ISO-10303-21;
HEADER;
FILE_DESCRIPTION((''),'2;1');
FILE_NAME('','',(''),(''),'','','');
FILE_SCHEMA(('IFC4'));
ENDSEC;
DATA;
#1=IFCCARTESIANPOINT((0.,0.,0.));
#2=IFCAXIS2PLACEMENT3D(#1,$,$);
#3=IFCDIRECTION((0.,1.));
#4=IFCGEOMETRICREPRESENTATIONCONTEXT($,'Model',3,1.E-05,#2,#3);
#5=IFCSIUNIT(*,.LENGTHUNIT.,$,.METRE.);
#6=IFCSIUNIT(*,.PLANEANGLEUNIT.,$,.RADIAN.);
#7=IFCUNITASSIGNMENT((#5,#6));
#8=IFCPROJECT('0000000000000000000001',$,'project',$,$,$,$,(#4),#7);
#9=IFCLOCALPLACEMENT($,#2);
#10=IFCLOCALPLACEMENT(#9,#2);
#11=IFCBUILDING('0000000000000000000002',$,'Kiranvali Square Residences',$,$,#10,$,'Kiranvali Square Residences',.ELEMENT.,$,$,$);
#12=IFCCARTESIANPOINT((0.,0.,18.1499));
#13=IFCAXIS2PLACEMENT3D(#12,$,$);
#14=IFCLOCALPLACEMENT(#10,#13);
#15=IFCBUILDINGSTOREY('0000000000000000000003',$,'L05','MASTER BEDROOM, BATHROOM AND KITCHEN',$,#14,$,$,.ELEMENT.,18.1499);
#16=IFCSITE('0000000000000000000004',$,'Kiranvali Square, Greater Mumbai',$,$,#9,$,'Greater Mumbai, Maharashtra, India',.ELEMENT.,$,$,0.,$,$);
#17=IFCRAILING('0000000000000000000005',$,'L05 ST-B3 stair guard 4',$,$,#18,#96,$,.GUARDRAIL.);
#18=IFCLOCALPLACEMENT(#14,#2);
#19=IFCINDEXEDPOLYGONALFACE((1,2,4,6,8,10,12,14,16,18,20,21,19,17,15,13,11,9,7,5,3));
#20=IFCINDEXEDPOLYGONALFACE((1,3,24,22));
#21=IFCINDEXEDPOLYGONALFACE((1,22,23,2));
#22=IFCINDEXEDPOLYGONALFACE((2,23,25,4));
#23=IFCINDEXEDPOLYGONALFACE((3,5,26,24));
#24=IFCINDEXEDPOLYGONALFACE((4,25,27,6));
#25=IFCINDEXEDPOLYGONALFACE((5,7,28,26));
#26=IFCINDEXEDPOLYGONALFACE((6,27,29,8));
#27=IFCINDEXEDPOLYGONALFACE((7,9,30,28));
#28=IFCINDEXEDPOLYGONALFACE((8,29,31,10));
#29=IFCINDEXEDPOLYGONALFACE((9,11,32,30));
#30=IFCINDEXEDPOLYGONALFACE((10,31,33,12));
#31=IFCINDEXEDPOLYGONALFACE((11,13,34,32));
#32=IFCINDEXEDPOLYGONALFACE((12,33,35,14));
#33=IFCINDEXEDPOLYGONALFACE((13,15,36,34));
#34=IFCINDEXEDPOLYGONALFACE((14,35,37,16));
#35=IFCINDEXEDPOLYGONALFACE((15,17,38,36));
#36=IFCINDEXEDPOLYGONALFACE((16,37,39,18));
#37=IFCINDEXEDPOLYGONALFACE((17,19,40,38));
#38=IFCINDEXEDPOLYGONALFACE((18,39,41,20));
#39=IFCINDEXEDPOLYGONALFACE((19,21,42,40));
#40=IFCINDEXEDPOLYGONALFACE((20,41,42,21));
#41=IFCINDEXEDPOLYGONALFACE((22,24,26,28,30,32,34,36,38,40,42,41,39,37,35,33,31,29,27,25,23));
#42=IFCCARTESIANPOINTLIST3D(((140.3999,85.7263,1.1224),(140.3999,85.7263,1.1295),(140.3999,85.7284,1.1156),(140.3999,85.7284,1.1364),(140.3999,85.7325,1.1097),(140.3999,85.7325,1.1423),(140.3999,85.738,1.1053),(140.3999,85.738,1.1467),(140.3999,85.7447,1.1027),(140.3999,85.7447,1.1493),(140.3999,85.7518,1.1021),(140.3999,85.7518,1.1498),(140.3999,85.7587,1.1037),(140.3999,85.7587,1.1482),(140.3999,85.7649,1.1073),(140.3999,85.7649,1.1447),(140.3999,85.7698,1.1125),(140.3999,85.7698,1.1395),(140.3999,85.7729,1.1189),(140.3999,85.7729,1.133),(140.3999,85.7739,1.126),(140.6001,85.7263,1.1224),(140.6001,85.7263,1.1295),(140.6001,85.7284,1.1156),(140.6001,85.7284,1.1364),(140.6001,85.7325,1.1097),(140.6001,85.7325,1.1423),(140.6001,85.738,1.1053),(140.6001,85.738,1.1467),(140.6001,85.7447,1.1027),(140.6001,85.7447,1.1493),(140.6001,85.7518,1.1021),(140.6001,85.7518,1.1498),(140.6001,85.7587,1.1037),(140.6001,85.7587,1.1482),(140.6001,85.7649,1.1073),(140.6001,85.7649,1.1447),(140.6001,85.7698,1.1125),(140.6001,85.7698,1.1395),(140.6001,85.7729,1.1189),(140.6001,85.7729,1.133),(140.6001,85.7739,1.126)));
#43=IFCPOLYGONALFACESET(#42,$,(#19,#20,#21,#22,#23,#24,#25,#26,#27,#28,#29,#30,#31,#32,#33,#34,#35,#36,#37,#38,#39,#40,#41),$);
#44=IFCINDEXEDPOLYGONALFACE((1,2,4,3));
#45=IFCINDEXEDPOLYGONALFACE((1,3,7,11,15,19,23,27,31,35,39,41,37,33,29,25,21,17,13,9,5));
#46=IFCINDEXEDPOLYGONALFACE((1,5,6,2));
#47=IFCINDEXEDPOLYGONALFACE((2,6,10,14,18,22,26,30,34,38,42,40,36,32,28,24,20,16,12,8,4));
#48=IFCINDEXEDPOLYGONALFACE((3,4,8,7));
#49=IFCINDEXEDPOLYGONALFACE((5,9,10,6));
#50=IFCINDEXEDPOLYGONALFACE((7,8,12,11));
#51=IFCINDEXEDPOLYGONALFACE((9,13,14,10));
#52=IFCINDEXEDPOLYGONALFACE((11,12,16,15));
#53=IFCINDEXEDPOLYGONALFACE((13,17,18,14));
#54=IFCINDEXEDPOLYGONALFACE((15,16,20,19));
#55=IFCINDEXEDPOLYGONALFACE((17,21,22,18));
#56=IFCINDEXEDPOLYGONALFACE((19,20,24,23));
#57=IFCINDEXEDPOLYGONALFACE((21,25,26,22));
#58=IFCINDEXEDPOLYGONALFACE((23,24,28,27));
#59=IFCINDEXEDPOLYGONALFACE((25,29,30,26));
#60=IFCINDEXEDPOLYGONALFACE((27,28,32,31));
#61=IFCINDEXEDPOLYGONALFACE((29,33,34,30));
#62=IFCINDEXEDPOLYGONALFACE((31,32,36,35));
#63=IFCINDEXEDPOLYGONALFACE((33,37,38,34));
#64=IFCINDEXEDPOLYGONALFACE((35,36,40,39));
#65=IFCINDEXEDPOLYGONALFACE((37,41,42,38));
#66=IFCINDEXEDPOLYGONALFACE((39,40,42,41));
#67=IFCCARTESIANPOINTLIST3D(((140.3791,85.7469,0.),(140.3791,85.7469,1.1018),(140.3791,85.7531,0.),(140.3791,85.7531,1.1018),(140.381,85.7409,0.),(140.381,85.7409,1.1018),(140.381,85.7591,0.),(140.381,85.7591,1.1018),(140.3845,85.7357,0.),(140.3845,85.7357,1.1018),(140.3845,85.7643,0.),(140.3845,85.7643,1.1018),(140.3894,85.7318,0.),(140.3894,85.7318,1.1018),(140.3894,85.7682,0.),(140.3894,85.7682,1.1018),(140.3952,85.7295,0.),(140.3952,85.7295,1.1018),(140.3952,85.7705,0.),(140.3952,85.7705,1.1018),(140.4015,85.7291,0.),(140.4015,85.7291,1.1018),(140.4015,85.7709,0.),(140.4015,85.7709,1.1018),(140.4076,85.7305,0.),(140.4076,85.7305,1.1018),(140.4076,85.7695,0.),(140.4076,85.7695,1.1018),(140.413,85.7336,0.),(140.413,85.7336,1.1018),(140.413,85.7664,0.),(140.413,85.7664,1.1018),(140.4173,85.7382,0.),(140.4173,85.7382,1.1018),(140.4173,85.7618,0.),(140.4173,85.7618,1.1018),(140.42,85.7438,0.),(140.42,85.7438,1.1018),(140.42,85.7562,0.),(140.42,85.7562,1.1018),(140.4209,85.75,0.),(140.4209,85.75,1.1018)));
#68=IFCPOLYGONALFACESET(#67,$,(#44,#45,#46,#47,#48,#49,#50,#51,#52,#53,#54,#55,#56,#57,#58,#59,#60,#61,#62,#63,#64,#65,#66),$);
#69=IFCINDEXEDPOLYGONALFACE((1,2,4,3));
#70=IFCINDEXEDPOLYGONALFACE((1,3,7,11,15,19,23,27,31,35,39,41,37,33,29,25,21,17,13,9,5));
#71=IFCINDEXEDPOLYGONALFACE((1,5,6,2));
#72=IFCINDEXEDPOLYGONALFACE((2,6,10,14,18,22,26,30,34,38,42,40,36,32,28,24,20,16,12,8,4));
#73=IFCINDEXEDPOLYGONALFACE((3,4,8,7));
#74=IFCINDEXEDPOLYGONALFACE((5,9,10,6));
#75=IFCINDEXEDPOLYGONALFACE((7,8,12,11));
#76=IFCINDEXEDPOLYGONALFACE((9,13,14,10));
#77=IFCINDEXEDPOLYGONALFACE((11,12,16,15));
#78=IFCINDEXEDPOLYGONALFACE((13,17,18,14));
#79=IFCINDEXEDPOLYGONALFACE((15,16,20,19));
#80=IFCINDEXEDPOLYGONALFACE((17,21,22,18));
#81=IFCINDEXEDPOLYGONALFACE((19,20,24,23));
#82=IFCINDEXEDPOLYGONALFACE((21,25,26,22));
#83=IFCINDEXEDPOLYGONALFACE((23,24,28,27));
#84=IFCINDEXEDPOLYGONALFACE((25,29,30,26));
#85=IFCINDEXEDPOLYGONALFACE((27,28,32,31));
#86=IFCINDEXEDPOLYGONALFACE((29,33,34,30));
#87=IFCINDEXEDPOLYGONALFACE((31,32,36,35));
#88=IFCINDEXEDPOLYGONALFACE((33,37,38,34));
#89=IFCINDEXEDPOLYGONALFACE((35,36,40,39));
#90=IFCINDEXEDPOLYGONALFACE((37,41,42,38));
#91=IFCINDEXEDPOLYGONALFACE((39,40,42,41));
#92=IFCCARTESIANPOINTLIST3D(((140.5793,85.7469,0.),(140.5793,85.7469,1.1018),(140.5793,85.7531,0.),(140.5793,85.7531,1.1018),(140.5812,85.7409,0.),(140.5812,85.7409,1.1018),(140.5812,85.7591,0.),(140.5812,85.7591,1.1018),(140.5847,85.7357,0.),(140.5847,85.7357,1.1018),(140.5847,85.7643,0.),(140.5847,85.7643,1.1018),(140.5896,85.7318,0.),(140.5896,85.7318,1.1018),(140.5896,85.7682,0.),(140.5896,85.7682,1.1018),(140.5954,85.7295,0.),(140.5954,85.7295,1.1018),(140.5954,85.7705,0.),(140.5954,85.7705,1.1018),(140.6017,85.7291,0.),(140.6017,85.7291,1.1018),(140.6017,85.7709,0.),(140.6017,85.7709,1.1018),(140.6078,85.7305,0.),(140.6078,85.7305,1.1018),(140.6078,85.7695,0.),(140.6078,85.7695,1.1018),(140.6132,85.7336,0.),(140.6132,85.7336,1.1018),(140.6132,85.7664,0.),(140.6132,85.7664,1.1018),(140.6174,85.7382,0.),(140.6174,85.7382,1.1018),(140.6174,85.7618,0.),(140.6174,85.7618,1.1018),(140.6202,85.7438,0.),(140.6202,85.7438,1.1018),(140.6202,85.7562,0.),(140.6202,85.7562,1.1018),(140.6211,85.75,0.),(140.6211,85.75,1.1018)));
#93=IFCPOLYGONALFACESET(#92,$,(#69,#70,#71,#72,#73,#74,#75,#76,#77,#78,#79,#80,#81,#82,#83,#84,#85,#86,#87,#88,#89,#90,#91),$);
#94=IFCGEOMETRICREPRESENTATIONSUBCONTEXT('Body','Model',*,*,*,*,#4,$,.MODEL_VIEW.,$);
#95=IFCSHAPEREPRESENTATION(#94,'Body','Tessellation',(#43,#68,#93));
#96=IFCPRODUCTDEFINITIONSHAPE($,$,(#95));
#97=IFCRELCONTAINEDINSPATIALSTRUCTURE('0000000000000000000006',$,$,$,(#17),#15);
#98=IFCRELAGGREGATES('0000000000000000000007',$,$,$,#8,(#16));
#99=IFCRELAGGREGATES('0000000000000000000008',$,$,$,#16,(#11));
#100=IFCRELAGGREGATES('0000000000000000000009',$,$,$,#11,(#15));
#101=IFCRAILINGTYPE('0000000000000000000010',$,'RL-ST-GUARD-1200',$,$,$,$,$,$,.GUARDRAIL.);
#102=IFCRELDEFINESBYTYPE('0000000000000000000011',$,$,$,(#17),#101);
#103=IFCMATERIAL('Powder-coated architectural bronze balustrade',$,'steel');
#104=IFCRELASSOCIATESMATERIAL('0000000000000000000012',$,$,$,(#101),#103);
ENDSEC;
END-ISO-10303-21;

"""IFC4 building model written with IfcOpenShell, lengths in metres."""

from ifc_helpers import new_model, si_unit, direction, frame, origin, origin_2d, place, context, subcontext, project, spatial, circle, extrude, material, type_object, element, save


model = new_model("IFC4")

# Units and contexts
model_context = context("Model", 3, precision=1e-05, world=origin(), true_north=direction((0.0, 1.0)))
body_context = subcontext(model_context, "Body", "Model", "MODEL_VIEW")
ifc_project = project(units=[si_unit("LENGTHUNIT", "METRE"), si_unit("PLANEANGLEUNIT", "RADIAN")], contexts=[model_context])

# Site, building, storey
site_placement = place(None, origin())
site = spatial("IfcSite", under=ifc_project, at=site_placement, Name="Kiranvali Square, Greater Mumbai", LongName="Greater Mumbai, Maharashtra, India", CompositionType="ELEMENT", RefElevation=0.0)
building_placement = place(site_placement, origin())
building = spatial("IfcBuilding", under=site, at=building_placement, Name="Kiranvali Square Residences", LongName="Kiranvali Square Residences", CompositionType="ELEMENT")
storey_placement = place(building_placement, frame((0.0, 0.0, 18.1499)))
storey = spatial("IfcBuildingStorey", under=building, at=storey_placement, Name="L05", Description="MASTER BEDROOM, BATHROOM AND KITCHEN", CompositionType="ELEMENT", Elevation=18.1499)

# Railing
ifc_material_1 = material(Name="Powder-coated architectural bronze balustrade", Category="steel")
railing_type_1 = type_object("IfcRailingType", Name="RL-ST-GUARD-1200", PredefinedType="GUARDRAIL", material=ifc_material_1)
railing_1_placement = place(storey_placement, frame((140.3999, 85.75, 0.0)))
element("IfcRailing", 1, at=railing_1_placement, inside=storey, type_object=railing_type_1, Name="L05 ST-B3 stair guard 4", PredefinedType="GUARDRAIL", context=body_context, shape_type="SweptSolid", body=[
    extrude(circle(Radius=0.0239, at=origin_2d()), frame((0.0, 0.0, 1.126), z_axis=(1.0, 0.0, 0.0), x_axis=(0.0, 1.0, 0.0)), (0.0, 0.0, 1.0), 0.2002),
    extrude(circle(Radius=0.021, at=origin_2d()), origin(), (0.0, 0.0, 1.0), 1.1018),
    extrude(circle(Radius=0.021, at=origin_2d()), frame((0.2002, 0.0, 0.0)), (0.0, 0.0, 1.0), 1.1018),
])

save(model, "model.ifc")
